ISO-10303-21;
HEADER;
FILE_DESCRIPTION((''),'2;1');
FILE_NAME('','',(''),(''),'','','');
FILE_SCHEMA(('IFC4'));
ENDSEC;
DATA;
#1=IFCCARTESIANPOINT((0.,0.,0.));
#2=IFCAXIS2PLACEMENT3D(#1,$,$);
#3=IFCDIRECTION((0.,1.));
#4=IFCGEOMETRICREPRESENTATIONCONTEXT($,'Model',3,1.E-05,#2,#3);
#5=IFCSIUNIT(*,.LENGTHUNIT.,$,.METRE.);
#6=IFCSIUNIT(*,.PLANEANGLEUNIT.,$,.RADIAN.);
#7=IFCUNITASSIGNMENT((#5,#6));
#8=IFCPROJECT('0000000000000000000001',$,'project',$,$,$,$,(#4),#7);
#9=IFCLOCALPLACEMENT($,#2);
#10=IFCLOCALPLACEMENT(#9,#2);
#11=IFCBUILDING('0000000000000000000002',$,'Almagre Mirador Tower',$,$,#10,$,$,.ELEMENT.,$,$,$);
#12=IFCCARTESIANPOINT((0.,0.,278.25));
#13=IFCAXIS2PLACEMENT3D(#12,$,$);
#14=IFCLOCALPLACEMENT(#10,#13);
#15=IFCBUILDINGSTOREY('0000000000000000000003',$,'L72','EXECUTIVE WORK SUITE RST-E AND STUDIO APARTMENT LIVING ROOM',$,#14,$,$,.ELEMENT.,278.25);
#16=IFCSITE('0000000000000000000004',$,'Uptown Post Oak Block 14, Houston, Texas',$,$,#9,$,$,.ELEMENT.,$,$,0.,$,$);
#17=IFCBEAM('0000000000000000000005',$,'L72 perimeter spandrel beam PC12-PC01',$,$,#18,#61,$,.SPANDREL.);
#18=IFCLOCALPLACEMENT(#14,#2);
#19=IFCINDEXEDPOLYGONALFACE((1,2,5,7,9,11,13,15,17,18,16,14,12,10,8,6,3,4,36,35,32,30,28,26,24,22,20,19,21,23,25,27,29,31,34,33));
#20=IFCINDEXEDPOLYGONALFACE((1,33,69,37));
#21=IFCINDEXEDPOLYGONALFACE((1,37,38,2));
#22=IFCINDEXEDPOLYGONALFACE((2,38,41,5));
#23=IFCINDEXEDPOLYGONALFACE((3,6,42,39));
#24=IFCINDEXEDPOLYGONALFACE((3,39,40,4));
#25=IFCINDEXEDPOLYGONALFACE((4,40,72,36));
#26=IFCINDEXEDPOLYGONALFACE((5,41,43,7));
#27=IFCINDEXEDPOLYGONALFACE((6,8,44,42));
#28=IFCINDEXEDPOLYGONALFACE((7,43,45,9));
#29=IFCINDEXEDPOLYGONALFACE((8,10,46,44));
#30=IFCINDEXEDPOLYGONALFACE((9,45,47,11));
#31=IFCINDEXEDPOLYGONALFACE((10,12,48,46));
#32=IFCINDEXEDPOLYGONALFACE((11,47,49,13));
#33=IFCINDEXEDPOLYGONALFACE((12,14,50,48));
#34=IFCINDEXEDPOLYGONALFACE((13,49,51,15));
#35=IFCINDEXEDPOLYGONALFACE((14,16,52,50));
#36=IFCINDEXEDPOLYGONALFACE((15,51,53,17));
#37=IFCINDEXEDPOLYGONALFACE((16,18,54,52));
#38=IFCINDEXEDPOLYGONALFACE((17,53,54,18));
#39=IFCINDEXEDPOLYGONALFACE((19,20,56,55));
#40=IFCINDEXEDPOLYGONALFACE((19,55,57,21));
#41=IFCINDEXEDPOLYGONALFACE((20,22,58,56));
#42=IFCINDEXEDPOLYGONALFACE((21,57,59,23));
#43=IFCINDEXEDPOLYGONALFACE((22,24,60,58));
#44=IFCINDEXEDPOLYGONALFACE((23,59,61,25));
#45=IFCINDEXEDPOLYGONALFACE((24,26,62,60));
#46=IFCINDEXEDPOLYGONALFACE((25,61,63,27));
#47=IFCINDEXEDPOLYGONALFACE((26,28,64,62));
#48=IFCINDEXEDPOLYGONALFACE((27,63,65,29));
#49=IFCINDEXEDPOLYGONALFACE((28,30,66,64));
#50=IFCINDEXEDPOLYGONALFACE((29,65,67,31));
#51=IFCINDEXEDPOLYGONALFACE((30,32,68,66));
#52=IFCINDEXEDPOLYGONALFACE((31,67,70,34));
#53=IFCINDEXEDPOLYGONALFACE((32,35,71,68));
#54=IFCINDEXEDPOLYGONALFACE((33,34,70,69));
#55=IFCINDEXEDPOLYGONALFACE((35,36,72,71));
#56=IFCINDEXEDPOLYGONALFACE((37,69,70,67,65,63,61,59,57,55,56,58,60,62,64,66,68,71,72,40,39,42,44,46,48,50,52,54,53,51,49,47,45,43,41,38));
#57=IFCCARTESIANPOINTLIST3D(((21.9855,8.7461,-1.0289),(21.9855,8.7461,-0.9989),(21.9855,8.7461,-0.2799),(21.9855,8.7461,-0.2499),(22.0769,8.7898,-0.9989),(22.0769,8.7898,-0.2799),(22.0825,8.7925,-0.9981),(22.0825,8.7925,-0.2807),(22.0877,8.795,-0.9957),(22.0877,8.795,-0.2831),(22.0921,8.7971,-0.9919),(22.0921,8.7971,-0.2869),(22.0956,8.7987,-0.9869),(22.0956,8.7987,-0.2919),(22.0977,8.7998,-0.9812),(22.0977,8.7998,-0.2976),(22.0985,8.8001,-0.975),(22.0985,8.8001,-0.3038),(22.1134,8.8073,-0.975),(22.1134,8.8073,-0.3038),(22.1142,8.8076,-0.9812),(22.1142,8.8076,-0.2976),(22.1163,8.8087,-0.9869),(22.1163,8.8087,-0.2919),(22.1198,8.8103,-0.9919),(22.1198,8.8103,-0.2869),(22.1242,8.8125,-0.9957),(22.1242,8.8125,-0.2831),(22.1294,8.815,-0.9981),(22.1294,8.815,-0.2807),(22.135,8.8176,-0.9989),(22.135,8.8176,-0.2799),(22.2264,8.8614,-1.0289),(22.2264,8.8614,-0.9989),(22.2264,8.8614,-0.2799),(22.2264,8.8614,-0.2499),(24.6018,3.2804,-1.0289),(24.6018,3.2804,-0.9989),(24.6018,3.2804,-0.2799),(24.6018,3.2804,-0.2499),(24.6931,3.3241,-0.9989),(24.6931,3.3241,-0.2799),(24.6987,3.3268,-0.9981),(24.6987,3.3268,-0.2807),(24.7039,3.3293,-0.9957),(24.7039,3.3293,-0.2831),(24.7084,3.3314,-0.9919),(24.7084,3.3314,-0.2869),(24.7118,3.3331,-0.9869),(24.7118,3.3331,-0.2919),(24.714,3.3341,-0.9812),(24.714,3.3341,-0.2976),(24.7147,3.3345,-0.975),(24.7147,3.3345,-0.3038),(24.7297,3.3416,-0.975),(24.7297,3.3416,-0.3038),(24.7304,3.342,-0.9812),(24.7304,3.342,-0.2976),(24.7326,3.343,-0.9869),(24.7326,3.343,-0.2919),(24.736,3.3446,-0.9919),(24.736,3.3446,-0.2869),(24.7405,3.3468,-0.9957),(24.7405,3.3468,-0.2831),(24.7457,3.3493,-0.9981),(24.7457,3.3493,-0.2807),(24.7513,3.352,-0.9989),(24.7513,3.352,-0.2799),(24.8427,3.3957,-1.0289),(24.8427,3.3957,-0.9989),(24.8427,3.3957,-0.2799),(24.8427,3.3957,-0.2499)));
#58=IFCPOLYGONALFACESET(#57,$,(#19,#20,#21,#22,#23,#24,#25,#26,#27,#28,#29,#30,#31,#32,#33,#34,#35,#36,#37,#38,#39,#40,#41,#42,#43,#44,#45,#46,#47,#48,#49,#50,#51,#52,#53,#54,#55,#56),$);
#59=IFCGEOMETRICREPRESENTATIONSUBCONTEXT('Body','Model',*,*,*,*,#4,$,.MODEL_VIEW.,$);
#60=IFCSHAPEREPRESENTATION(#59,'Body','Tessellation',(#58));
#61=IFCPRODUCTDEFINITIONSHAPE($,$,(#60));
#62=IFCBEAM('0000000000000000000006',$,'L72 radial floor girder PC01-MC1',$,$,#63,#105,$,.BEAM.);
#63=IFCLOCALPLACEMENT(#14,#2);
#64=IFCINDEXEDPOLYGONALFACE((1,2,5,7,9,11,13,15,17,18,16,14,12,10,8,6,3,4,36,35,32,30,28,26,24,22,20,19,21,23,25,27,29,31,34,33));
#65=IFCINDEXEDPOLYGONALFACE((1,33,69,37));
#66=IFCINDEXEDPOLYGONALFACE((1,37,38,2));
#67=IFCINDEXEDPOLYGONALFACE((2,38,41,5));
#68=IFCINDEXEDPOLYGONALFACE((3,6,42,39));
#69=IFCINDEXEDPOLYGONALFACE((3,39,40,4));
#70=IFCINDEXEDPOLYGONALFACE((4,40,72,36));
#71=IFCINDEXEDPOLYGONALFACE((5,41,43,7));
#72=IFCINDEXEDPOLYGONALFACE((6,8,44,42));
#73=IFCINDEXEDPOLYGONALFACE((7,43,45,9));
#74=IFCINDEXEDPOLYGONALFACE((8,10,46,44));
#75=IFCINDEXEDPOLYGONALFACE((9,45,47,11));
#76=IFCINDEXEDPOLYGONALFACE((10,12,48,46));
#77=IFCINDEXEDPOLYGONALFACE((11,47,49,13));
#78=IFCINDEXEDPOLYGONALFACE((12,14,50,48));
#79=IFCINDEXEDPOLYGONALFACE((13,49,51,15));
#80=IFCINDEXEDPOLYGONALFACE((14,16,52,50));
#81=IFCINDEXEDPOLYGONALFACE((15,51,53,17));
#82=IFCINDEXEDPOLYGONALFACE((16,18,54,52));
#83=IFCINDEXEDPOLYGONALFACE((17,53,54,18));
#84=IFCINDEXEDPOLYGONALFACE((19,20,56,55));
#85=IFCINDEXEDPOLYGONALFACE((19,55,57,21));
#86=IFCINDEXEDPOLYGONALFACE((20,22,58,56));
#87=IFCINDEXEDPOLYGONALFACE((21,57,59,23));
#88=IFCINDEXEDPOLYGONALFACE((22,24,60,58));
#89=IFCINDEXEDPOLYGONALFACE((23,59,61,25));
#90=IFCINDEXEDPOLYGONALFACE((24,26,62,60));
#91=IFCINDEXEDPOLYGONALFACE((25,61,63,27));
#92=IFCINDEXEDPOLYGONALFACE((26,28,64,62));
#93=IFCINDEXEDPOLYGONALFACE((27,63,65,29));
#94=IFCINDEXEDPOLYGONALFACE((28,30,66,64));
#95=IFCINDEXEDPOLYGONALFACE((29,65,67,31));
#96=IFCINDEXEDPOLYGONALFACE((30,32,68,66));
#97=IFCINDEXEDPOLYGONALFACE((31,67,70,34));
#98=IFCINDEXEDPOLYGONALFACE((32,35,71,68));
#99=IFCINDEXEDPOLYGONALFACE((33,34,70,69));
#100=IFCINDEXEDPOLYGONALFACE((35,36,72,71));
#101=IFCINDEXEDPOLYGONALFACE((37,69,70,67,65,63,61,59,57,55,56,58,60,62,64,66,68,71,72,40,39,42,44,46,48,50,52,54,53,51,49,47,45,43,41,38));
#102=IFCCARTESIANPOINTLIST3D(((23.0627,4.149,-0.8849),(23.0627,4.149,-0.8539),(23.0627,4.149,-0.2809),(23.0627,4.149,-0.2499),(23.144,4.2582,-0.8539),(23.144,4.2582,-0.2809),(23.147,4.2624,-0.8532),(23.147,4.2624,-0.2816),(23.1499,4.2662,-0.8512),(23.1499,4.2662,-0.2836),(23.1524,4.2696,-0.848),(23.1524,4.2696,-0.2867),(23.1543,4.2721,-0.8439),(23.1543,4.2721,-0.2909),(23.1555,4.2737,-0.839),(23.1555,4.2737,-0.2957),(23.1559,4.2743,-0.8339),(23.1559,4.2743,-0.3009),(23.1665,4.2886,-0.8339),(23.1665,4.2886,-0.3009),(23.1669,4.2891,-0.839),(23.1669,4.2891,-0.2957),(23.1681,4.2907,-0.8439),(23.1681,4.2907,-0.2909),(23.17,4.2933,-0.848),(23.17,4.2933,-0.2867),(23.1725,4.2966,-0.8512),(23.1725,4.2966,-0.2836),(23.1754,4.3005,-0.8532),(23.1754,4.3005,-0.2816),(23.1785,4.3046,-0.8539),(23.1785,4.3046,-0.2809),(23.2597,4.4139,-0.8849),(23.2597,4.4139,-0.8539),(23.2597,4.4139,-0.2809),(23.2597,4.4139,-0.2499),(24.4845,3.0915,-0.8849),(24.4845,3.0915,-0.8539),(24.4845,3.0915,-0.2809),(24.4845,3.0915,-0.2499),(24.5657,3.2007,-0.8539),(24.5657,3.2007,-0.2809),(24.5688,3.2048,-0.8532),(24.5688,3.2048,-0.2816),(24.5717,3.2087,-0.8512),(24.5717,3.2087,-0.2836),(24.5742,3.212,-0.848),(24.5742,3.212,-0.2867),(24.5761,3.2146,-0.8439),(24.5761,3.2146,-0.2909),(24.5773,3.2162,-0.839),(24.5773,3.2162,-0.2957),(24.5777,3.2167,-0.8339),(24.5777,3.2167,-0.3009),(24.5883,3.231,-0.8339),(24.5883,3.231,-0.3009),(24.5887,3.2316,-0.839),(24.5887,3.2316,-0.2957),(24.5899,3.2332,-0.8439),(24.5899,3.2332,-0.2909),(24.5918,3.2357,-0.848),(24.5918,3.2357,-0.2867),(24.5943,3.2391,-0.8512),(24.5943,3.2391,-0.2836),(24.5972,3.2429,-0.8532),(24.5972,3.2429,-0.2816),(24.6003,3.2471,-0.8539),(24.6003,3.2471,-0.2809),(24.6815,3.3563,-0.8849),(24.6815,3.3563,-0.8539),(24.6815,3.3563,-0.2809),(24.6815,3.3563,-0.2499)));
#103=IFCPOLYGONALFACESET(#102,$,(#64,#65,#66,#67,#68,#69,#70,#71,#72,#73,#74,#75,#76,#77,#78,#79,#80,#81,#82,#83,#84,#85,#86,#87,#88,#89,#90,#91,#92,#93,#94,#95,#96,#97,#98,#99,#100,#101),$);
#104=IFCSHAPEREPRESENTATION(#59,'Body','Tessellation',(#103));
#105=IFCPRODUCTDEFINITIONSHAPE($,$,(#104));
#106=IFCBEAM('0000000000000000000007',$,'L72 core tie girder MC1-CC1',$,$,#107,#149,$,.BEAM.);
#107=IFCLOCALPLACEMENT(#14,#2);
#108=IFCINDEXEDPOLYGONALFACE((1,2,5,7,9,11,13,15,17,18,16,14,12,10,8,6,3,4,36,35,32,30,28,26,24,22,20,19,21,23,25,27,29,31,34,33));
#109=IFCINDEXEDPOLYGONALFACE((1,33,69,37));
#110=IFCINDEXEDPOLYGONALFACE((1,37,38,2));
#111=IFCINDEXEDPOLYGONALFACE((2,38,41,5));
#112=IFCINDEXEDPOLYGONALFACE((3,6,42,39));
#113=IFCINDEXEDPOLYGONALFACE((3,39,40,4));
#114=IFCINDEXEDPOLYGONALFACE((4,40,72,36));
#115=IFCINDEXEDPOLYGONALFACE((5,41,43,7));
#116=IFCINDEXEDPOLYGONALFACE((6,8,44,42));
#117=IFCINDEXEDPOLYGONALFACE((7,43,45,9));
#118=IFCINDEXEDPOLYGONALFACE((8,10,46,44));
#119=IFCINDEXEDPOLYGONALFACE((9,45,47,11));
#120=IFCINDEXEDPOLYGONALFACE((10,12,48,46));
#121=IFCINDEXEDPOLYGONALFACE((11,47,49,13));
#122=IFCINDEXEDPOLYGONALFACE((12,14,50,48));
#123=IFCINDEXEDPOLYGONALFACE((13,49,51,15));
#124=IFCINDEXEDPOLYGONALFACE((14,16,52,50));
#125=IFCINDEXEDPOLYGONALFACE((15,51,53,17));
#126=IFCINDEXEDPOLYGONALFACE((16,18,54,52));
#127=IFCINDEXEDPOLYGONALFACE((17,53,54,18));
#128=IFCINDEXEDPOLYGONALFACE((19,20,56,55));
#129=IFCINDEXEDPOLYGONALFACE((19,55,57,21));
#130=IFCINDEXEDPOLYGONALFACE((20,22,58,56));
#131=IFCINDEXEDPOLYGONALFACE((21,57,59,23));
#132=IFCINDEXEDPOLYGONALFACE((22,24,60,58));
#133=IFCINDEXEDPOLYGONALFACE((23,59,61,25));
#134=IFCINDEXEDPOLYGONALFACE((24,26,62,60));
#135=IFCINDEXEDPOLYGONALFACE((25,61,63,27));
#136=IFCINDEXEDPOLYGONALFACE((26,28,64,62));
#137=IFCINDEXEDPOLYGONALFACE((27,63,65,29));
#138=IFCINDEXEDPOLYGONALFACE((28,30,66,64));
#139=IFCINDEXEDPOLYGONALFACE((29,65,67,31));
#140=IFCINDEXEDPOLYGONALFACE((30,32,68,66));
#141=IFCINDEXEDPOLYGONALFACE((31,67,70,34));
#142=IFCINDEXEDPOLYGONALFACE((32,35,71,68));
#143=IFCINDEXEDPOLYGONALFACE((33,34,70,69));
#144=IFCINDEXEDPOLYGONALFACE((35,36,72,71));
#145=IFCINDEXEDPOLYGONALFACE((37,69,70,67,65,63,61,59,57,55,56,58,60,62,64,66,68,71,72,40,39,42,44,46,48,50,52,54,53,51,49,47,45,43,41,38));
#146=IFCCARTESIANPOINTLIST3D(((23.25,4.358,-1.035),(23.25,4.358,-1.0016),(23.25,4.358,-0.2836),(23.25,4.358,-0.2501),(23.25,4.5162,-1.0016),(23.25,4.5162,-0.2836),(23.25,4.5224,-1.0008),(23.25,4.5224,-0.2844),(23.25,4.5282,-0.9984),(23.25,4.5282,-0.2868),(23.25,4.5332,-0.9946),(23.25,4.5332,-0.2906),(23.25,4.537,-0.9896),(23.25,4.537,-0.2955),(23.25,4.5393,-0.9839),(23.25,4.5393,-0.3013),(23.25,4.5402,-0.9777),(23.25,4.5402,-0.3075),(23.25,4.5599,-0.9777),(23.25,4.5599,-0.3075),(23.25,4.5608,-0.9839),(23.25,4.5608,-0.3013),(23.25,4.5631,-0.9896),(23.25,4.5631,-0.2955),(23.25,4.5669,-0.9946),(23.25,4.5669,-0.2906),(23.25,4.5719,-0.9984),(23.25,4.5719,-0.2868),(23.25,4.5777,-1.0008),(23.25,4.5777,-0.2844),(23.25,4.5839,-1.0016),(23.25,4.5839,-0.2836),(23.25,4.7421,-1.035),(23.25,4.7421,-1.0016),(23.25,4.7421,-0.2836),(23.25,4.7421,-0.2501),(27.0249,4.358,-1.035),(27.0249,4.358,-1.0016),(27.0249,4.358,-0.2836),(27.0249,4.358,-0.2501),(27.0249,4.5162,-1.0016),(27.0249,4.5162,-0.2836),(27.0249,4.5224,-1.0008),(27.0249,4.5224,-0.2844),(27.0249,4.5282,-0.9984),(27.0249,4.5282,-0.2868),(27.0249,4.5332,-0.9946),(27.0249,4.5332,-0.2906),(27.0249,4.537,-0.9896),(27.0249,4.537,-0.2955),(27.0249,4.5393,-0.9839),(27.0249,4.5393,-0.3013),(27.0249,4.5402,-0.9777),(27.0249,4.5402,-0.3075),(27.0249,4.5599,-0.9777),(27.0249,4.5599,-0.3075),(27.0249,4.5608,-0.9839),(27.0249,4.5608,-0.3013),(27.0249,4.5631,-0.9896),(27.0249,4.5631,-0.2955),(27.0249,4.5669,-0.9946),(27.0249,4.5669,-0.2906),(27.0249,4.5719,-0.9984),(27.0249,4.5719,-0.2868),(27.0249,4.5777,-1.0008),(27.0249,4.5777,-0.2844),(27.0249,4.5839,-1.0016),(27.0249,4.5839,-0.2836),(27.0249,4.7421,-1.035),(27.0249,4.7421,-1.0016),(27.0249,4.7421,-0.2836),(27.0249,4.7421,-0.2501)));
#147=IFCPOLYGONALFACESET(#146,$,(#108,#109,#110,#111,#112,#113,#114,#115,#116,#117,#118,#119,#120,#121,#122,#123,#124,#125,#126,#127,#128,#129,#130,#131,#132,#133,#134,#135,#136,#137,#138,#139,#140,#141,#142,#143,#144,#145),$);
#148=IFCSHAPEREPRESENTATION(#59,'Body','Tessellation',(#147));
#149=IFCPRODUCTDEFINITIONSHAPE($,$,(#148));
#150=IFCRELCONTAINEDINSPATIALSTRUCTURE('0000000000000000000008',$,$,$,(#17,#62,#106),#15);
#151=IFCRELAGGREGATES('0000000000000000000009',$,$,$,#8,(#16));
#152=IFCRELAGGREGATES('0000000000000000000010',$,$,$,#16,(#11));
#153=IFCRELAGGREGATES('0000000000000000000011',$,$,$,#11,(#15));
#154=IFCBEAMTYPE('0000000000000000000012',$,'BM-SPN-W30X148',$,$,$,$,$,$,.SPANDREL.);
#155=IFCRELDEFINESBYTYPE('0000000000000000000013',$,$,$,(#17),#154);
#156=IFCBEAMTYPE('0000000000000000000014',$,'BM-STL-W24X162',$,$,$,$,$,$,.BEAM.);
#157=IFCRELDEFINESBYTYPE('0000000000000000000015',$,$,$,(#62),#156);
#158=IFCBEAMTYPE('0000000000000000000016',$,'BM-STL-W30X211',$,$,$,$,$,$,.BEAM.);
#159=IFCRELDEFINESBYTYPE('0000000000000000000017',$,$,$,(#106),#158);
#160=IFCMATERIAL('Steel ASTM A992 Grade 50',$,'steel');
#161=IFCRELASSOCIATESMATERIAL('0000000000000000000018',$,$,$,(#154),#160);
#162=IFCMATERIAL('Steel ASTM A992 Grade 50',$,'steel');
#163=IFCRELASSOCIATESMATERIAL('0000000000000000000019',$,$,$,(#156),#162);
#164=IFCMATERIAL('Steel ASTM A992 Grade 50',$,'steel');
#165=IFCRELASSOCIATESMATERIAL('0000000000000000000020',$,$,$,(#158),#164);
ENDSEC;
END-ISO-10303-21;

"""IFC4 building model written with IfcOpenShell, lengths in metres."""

from ifc_helpers import new_model, si_unit, direction, frame, origin, origin_2d, place, context, subcontext, project, spatial, i_section, extrude, material, material_profile, profile_set, type_object, element, save


model = new_model("IFC4")

# Units and contexts
model_context = context("Model", 3, precision=1e-05, world=origin(), true_north=direction((0.0, 1.0)))
body_context = subcontext(model_context, "Body", "Model", "MODEL_VIEW")
ifc_project = project(units=[si_unit("LENGTHUNIT", "METRE"), si_unit("PLANEANGLEUNIT", "RADIAN")], contexts=[model_context])

# Site, building, storey
site_placement = place(None, origin())
site = spatial("IfcSite", under=ifc_project, at=site_placement, Name="Uptown Post Oak Block 14, Houston, Texas", CompositionType="ELEMENT", RefElevation=0.0)
building_placement = place(site_placement, origin())
building = spatial("IfcBuilding", under=site, at=building_placement, Name="Almagre Mirador Tower", CompositionType="ELEMENT")
storey_placement = place(building_placement, frame((0.0, 0.0, 278.25)))
storey = spatial("IfcBuildingStorey", under=building, at=storey_placement, Name="L72", Description="EXECUTIVE WORK SUITE RST-E AND STUDIO APARTMENT LIVING ROOM", CompositionType="ELEMENT", Elevation=278.25)

# Beams
ifc_material_1 = material(Name="Steel ASTM A992 Grade 50", Category="steel")
ifc_material_profile_1 = material_profile(ifc_material_1, i_section(OverallWidth=0.2671, OverallDepth=0.7791, WebThickness=0.0166, FlangeThickness=0.03, FilletRadius=0.0239, at=origin_2d()), Name="W30X148")
ifc_profile_set_1 = profile_set([ifc_material_profile_1], Name="Steel ASTM A992 Grade 50")
beam_type_1 = type_object("IfcBeamType", Name="BM-SPN-W30X148", PredefinedType="SPANDREL", material=ifc_profile_set_1)
beam_1_placement = place(storey_placement, frame((22.106, 8.8037, -0.6394), z_axis=(0.431756, -0.90199, 0.0), x_axis=(0.90199, 0.431756, 0.0)))
element("IfcBeam", 1, at=beam_1_placement, inside=storey, type_object=beam_type_1, Name="L72 perimeter spandrel beam PC12-PC01", PredefinedType="SPANDREL", context=body_context, shape_type="SweptSolid", body=[
    extrude(i_section(OverallWidth=0.2671, OverallDepth=0.7791, WebThickness=0.0166, FlangeThickness=0.03, FilletRadius=0.0239, at=origin_2d()), origin(), (0.0, 0.0, 1.0), 6.0596),
])
ifc_material_2 = material(Name="Steel ASTM A992 Grade 50", Category="steel")
ifc_material_profile_2 = material_profile(ifc_material_2, i_section(OverallWidth=0.3301, OverallDepth=0.635, WebThickness=0.0178, FlangeThickness=0.031, FilletRadius=0.02, at=origin_2d()), Name="W24X162")
ifc_profile_set_2 = profile_set([ifc_material_profile_2], Name="Steel ASTM A992 Grade 50")
beam_type_2 = type_object("IfcBeamType", Name="BM-STL-W24X162", PredefinedType="BEAM", material=ifc_profile_set_2)
beam_2_placement = place(storey_placement, frame((24.583, 3.2239, -0.5674), z_axis=(-0.802374, 0.596821, 0.0), x_axis=(-0.596821, -0.802374, 0.0)))
element("IfcBeam", 2, at=beam_2_placement, inside=storey, type_object=beam_type_2, Name="L72 radial floor girder PC01-MC1", PredefinedType="BEAM", context=body_context, shape_type="SweptSolid", body=[
    extrude(i_section(OverallWidth=0.3301, OverallDepth=0.635, WebThickness=0.0178, FlangeThickness=0.031, FilletRadius=0.02, at=origin_2d()), origin(), (0.0, 0.0, 1.0), 1.772),
])
ifc_material_3 = material(Name="Steel ASTM A992 Grade 50", Category="steel")
ifc_material_profile_3 = material_profile(ifc_material_3, i_section(OverallWidth=0.384, OverallDepth=0.7849, WebThickness=0.0198, FlangeThickness=0.0334, FilletRadius=0.0239, at=origin_2d()), Name="W30X211")
ifc_profile_set_3 = profile_set([ifc_material_profile_3], Name="Steel ASTM A992 Grade 50")
beam_type_3 = type_object("IfcBeamType", Name="BM-STL-W30X211", PredefinedType="BEAM", material=ifc_profile_set_3)
beam_3_placement = place(storey_placement, frame((23.25, 4.55, -0.6426), z_axis=(1.0, 0.0, 0.0), x_axis=(0.0, 1.0, 0.0)))
element("IfcBeam", 3, at=beam_3_placement, inside=storey, type_object=beam_type_3, Name="L72 core tie girder MC1-CC1", PredefinedType="BEAM", context=body_context, shape_type="SweptSolid", body=[
    extrude(i_section(OverallWidth=0.384, OverallDepth=0.7849, WebThickness=0.0198, FlangeThickness=0.0334, FilletRadius=0.0239, at=origin_2d()), origin(), (0.0, 0.0, 1.0), 3.7749),
])

save(model, "model.ifc")
